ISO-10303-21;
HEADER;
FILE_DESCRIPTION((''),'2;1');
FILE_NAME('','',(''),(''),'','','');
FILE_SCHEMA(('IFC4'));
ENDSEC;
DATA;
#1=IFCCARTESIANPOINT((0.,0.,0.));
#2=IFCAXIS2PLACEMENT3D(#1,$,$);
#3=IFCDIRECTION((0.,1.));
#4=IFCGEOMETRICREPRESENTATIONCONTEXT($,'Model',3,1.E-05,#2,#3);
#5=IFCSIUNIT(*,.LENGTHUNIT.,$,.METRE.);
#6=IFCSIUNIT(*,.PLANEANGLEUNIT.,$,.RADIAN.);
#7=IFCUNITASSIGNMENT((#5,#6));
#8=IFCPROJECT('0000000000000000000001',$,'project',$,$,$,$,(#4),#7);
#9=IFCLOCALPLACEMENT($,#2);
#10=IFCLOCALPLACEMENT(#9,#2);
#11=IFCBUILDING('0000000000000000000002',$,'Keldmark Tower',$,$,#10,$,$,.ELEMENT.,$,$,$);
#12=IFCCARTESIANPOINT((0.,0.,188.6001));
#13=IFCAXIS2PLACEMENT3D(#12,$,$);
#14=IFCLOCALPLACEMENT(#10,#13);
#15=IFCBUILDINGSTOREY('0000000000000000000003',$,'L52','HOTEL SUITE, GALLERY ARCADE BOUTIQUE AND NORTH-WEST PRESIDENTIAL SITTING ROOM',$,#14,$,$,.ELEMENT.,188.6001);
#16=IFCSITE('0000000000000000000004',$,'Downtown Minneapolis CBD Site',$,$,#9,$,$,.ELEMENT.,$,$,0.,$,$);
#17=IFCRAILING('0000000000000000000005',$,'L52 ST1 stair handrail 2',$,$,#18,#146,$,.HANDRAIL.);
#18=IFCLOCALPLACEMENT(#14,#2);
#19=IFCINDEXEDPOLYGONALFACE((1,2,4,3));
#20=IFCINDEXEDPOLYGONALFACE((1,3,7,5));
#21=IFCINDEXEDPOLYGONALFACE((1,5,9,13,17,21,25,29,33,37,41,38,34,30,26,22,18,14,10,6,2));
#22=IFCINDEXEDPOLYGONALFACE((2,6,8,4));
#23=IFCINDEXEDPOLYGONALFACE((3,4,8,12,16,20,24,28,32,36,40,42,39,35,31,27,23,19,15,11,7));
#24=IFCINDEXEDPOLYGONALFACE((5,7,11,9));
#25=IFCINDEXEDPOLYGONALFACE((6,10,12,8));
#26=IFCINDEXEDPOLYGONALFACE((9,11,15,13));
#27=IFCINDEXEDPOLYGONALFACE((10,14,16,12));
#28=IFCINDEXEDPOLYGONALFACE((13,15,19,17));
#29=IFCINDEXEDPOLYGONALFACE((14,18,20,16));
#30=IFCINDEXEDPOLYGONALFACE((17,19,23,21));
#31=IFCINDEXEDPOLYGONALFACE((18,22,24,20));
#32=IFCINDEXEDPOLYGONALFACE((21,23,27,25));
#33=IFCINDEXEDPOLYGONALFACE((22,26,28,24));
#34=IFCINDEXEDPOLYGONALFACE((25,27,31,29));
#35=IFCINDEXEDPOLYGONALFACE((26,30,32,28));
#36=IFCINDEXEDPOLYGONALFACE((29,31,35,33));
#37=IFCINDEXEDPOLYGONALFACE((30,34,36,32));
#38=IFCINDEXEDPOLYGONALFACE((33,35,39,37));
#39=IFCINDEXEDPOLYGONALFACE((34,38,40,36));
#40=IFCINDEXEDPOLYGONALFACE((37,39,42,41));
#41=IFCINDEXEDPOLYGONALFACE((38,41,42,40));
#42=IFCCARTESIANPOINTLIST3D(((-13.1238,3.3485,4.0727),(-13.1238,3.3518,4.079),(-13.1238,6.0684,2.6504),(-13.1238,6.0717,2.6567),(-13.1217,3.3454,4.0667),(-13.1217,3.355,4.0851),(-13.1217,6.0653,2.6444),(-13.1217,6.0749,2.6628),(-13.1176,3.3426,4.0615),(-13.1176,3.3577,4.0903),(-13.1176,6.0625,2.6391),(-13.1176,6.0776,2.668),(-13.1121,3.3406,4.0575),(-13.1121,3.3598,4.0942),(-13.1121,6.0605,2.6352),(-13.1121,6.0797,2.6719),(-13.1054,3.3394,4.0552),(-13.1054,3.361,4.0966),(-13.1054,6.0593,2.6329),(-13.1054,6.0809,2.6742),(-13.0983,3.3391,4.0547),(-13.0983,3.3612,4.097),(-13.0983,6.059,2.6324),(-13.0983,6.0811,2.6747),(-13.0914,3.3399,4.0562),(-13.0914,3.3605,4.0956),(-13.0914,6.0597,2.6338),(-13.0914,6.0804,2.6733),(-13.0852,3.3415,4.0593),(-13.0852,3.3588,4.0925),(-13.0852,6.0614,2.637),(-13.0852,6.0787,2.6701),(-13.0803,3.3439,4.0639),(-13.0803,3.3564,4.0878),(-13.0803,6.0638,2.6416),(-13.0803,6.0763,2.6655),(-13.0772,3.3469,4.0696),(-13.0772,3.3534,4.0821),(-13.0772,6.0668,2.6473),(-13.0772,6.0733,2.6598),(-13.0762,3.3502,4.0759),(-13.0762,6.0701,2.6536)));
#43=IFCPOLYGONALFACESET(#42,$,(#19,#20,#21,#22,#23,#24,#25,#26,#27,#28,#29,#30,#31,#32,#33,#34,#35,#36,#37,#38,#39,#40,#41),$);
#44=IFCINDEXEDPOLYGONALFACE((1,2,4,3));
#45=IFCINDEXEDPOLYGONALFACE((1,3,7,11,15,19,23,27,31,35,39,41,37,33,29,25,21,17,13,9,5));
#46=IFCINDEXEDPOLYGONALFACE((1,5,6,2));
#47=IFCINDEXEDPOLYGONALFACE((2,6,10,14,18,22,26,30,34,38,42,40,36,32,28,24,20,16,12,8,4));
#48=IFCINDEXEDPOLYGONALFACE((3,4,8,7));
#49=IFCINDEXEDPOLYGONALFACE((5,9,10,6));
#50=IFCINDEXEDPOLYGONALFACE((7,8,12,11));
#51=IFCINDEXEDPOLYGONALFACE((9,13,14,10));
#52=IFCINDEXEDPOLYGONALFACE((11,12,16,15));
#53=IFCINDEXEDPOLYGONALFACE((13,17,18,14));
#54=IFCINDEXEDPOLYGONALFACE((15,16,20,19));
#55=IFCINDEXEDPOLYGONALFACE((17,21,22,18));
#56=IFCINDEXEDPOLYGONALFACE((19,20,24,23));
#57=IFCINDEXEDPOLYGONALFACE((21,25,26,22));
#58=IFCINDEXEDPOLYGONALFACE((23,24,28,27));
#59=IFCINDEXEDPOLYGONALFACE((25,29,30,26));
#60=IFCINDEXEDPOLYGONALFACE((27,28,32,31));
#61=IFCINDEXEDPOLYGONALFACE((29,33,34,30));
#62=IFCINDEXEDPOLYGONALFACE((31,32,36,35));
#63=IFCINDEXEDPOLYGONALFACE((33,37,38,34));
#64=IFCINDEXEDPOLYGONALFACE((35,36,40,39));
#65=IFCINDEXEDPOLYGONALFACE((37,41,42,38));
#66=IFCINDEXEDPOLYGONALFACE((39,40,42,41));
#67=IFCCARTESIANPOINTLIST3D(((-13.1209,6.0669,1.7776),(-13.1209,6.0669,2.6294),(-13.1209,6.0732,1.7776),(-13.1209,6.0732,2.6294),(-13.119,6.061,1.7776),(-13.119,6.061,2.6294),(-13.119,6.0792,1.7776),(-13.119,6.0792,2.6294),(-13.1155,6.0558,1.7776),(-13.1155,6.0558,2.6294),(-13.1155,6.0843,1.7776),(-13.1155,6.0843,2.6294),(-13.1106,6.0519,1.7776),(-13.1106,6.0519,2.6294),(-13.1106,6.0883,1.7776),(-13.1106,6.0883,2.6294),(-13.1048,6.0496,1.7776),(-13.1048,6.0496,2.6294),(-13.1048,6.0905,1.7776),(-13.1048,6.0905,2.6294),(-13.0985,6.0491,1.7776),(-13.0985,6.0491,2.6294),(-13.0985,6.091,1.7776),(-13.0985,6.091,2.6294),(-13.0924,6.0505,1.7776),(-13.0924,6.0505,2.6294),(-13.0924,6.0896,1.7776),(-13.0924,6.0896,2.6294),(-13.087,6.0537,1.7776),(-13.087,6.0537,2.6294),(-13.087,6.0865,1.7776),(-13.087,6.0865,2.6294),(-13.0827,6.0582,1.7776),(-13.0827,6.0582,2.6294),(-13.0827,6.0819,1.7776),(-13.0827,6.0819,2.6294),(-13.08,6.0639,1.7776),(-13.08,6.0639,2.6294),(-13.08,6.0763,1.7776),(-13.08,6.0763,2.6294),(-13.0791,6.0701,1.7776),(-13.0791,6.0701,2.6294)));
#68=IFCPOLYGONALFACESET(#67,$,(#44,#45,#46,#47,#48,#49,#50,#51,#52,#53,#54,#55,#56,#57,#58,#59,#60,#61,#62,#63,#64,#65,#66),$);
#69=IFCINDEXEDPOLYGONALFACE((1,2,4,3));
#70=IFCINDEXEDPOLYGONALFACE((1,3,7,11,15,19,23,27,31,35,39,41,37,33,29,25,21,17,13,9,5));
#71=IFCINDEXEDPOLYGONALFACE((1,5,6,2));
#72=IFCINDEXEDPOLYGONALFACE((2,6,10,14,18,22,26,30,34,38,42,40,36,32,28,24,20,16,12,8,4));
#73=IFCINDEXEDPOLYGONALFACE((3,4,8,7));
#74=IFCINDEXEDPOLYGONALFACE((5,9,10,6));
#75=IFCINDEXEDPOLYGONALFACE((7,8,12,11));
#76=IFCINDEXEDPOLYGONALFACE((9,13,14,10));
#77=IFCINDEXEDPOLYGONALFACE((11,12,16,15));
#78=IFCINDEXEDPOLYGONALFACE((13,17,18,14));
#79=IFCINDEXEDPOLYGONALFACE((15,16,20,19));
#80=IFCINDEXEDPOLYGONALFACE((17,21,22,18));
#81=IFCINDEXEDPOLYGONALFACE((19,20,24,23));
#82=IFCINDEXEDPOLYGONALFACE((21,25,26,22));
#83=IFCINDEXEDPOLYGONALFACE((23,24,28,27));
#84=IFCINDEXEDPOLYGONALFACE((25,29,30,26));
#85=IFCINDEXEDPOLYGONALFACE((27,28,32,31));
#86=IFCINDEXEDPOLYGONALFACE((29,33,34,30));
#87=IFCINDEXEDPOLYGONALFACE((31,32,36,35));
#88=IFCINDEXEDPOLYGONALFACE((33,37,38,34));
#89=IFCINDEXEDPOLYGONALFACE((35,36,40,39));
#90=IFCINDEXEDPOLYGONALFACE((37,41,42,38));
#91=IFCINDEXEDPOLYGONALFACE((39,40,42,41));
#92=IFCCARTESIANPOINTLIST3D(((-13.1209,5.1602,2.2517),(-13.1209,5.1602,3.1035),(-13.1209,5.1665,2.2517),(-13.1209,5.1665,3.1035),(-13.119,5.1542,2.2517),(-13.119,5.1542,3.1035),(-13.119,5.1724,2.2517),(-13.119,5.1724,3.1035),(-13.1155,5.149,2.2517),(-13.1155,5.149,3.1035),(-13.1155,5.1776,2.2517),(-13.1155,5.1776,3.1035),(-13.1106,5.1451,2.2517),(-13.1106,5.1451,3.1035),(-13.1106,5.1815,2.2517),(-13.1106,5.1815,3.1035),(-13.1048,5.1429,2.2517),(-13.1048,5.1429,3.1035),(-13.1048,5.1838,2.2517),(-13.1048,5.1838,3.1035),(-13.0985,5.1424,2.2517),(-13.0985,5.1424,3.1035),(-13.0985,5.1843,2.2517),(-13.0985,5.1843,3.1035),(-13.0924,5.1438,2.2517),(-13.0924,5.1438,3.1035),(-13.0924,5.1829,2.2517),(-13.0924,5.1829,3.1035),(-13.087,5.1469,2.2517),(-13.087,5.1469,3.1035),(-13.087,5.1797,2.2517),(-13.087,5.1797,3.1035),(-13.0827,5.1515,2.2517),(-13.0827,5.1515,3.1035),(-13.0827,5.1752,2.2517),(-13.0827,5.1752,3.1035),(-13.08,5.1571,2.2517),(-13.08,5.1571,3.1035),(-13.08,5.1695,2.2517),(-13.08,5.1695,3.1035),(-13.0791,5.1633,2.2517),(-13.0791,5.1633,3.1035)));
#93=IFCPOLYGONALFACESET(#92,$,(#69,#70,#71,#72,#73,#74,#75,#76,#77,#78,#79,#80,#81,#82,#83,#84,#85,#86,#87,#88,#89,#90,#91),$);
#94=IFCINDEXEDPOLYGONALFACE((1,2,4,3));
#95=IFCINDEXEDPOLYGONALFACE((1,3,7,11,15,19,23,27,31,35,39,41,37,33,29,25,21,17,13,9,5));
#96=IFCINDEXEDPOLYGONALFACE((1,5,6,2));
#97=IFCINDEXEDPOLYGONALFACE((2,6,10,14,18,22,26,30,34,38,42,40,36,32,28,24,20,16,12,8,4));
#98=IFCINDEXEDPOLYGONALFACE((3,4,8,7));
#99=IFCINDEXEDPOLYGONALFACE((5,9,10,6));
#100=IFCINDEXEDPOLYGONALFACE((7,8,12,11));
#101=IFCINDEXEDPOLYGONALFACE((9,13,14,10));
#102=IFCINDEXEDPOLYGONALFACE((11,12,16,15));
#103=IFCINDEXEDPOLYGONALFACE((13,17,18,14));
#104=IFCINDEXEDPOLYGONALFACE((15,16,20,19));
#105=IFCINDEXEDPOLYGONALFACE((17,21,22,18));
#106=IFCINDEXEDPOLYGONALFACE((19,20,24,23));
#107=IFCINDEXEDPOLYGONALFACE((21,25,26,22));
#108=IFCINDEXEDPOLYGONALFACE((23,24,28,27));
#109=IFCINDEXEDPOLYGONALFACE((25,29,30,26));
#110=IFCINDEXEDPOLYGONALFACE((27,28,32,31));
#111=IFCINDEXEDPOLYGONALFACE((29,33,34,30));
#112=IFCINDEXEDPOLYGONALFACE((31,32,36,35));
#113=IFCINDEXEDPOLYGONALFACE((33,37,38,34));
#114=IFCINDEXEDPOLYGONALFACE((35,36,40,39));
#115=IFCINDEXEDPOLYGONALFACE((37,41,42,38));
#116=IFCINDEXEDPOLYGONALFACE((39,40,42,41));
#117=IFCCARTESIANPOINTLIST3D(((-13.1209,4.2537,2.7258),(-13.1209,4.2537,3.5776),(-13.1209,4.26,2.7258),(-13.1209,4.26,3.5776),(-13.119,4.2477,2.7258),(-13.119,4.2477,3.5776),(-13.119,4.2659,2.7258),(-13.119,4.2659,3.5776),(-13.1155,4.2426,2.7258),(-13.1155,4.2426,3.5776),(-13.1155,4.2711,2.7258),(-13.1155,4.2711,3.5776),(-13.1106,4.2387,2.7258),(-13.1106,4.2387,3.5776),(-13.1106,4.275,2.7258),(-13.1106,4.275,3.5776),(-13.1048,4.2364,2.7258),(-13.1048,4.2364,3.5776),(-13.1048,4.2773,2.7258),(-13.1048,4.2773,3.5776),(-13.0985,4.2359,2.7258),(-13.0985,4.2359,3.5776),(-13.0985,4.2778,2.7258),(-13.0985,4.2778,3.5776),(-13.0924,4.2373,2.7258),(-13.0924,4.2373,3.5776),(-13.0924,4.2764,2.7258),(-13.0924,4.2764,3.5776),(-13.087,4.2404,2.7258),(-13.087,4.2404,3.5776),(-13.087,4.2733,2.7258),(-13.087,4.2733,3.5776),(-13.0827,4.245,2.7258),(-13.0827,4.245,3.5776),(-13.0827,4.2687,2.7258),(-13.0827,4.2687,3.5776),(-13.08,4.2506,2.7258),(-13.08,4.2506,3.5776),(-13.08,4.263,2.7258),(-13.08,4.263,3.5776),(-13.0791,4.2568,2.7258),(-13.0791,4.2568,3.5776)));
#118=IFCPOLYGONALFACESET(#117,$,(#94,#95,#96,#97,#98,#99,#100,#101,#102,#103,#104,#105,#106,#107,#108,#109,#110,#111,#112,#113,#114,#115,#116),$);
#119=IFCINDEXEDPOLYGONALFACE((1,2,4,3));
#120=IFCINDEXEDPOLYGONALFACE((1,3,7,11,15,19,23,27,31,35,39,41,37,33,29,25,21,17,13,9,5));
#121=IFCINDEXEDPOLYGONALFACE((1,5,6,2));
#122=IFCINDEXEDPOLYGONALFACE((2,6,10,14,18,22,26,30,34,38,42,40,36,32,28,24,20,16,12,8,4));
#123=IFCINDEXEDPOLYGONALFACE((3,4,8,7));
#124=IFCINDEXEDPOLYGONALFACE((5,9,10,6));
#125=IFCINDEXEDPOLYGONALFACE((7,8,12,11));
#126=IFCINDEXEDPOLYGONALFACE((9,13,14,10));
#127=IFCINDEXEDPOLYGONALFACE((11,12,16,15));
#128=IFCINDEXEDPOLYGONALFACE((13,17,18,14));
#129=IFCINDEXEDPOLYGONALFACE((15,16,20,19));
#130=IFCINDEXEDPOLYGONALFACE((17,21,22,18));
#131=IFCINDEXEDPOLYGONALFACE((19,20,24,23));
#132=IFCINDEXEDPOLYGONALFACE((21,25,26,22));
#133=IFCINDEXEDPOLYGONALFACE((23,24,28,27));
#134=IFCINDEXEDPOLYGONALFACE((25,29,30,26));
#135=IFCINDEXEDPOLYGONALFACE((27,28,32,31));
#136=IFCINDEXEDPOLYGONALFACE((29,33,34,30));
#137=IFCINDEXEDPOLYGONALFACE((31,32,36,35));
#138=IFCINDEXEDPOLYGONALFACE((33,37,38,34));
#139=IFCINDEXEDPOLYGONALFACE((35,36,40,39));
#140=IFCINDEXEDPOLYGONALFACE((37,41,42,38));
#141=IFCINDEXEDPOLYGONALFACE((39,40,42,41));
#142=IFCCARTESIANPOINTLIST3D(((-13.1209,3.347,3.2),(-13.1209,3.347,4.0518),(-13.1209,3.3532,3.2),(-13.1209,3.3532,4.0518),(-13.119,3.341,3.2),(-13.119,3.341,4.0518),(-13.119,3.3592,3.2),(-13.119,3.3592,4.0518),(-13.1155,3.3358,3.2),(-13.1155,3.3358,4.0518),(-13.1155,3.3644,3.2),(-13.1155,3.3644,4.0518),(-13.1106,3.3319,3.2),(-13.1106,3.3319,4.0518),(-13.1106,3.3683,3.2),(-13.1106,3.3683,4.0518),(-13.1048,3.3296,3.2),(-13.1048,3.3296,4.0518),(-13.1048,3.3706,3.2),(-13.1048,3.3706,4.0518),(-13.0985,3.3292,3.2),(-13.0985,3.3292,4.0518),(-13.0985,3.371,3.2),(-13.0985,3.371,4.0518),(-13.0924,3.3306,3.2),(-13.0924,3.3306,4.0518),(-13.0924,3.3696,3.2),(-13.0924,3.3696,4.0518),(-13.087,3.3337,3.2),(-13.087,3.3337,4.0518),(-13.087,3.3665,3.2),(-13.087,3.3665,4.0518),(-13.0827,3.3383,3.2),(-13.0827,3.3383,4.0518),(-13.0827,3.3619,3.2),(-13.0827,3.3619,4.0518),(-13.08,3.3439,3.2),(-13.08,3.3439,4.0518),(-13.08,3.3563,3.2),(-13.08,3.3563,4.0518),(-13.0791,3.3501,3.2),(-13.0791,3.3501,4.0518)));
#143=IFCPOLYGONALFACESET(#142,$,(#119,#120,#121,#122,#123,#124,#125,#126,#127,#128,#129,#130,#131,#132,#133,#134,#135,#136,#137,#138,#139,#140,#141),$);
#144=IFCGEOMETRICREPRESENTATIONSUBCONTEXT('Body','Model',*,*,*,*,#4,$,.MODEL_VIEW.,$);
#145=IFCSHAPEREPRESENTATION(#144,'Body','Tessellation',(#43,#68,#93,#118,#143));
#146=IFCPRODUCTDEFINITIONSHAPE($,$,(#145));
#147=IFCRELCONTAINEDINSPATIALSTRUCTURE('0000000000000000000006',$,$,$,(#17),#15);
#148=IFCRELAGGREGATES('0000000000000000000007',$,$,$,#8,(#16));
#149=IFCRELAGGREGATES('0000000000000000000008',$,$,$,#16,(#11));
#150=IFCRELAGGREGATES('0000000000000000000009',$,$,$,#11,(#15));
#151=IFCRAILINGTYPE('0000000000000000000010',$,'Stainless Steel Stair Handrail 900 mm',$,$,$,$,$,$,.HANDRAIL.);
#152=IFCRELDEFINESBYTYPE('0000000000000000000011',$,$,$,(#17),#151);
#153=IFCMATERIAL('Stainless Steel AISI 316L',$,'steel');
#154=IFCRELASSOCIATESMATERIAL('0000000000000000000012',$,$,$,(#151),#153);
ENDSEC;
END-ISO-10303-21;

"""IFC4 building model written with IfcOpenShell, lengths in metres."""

from ifc_helpers import new_model, si_unit, direction, frame, origin, origin_2d, place, context, subcontext, project, spatial, circle, extrude, material, type_object, element, save


model = new_model("IFC4")

# Units and contexts
model_context = context("Model", 3, precision=1e-05, world=origin(), true_north=direction((0.0, 1.0)))
body_context = subcontext(model_context, "Body", "Model", "MODEL_VIEW")
ifc_project = project(units=[si_unit("LENGTHUNIT", "METRE"), si_unit("PLANEANGLEUNIT", "RADIAN")], contexts=[model_context])

# Site, building, storey
site_placement = place(None, origin())
site = spatial("IfcSite", under=ifc_project, at=site_placement, Name="Downtown Minneapolis CBD Site", CompositionType="ELEMENT", RefElevation=0.0)
building_placement = place(site_placement, origin())
building = spatial("IfcBuilding", under=site, at=building_placement, Name="Keldmark Tower", CompositionType="ELEMENT")
storey_placement = place(building_placement, frame((0.0, 0.0, 188.6001)))
storey = spatial("IfcBuildingStorey", under=building, at=storey_placement, Name="L52", Description="HOTEL SUITE, GALLERY ARCADE BOUTIQUE AND NORTH-WEST PRESIDENTIAL SITTING ROOM", CompositionType="ELEMENT", Elevation=188.6001)

# Railing
ifc_material_1 = material(Name="Stainless Steel AISI 316L", Category="steel")
railing_type_1 = type_object("IfcRailingType", Name="Stainless Steel Stair Handrail 900 mm", PredefinedType="HANDRAIL", material=ifc_material_1)
railing_1_placement = place(storey_placement, frame((-13.1001, 6.0701, 1.7776)))
element("IfcRailing", 1, at=railing_1_placement, inside=storey, type_object=railing_type_1, Name="L52 ST1 stair handrail 2", PredefinedType="HANDRAIL", context=body_context, shape_type="SweptSolid", body=[
    extrude(circle(Radius=0.0239, at=origin_2d()), frame((0.0, 0.0, 0.876), z_axis=(0.0, -0.88615, 0.463398), x_axis=(1.0, 0.0, 0.0)), (0.0, 0.0, 1.0), 3.0693),
    extrude(circle(Radius=0.021, at=origin_2d()), origin(), (0.0, 0.0, 1.0), 0.8518),
    extrude(circle(Radius=0.021, at=origin_2d()), frame((0.0, -0.9067, 0.4741)), (0.0, 0.0, 1.0), 0.8518),
    extrude(circle(Radius=0.021, at=origin_2d()), frame((0.0, -1.8132, 0.9482)), (0.0, 0.0, 1.0), 0.8518),
    extrude(circle(Radius=0.021, at=origin_2d()), frame((0.0, -2.72, 1.4224)), (0.0, 0.0, 1.0), 0.8518),
])

save(model, "model.ifc")
